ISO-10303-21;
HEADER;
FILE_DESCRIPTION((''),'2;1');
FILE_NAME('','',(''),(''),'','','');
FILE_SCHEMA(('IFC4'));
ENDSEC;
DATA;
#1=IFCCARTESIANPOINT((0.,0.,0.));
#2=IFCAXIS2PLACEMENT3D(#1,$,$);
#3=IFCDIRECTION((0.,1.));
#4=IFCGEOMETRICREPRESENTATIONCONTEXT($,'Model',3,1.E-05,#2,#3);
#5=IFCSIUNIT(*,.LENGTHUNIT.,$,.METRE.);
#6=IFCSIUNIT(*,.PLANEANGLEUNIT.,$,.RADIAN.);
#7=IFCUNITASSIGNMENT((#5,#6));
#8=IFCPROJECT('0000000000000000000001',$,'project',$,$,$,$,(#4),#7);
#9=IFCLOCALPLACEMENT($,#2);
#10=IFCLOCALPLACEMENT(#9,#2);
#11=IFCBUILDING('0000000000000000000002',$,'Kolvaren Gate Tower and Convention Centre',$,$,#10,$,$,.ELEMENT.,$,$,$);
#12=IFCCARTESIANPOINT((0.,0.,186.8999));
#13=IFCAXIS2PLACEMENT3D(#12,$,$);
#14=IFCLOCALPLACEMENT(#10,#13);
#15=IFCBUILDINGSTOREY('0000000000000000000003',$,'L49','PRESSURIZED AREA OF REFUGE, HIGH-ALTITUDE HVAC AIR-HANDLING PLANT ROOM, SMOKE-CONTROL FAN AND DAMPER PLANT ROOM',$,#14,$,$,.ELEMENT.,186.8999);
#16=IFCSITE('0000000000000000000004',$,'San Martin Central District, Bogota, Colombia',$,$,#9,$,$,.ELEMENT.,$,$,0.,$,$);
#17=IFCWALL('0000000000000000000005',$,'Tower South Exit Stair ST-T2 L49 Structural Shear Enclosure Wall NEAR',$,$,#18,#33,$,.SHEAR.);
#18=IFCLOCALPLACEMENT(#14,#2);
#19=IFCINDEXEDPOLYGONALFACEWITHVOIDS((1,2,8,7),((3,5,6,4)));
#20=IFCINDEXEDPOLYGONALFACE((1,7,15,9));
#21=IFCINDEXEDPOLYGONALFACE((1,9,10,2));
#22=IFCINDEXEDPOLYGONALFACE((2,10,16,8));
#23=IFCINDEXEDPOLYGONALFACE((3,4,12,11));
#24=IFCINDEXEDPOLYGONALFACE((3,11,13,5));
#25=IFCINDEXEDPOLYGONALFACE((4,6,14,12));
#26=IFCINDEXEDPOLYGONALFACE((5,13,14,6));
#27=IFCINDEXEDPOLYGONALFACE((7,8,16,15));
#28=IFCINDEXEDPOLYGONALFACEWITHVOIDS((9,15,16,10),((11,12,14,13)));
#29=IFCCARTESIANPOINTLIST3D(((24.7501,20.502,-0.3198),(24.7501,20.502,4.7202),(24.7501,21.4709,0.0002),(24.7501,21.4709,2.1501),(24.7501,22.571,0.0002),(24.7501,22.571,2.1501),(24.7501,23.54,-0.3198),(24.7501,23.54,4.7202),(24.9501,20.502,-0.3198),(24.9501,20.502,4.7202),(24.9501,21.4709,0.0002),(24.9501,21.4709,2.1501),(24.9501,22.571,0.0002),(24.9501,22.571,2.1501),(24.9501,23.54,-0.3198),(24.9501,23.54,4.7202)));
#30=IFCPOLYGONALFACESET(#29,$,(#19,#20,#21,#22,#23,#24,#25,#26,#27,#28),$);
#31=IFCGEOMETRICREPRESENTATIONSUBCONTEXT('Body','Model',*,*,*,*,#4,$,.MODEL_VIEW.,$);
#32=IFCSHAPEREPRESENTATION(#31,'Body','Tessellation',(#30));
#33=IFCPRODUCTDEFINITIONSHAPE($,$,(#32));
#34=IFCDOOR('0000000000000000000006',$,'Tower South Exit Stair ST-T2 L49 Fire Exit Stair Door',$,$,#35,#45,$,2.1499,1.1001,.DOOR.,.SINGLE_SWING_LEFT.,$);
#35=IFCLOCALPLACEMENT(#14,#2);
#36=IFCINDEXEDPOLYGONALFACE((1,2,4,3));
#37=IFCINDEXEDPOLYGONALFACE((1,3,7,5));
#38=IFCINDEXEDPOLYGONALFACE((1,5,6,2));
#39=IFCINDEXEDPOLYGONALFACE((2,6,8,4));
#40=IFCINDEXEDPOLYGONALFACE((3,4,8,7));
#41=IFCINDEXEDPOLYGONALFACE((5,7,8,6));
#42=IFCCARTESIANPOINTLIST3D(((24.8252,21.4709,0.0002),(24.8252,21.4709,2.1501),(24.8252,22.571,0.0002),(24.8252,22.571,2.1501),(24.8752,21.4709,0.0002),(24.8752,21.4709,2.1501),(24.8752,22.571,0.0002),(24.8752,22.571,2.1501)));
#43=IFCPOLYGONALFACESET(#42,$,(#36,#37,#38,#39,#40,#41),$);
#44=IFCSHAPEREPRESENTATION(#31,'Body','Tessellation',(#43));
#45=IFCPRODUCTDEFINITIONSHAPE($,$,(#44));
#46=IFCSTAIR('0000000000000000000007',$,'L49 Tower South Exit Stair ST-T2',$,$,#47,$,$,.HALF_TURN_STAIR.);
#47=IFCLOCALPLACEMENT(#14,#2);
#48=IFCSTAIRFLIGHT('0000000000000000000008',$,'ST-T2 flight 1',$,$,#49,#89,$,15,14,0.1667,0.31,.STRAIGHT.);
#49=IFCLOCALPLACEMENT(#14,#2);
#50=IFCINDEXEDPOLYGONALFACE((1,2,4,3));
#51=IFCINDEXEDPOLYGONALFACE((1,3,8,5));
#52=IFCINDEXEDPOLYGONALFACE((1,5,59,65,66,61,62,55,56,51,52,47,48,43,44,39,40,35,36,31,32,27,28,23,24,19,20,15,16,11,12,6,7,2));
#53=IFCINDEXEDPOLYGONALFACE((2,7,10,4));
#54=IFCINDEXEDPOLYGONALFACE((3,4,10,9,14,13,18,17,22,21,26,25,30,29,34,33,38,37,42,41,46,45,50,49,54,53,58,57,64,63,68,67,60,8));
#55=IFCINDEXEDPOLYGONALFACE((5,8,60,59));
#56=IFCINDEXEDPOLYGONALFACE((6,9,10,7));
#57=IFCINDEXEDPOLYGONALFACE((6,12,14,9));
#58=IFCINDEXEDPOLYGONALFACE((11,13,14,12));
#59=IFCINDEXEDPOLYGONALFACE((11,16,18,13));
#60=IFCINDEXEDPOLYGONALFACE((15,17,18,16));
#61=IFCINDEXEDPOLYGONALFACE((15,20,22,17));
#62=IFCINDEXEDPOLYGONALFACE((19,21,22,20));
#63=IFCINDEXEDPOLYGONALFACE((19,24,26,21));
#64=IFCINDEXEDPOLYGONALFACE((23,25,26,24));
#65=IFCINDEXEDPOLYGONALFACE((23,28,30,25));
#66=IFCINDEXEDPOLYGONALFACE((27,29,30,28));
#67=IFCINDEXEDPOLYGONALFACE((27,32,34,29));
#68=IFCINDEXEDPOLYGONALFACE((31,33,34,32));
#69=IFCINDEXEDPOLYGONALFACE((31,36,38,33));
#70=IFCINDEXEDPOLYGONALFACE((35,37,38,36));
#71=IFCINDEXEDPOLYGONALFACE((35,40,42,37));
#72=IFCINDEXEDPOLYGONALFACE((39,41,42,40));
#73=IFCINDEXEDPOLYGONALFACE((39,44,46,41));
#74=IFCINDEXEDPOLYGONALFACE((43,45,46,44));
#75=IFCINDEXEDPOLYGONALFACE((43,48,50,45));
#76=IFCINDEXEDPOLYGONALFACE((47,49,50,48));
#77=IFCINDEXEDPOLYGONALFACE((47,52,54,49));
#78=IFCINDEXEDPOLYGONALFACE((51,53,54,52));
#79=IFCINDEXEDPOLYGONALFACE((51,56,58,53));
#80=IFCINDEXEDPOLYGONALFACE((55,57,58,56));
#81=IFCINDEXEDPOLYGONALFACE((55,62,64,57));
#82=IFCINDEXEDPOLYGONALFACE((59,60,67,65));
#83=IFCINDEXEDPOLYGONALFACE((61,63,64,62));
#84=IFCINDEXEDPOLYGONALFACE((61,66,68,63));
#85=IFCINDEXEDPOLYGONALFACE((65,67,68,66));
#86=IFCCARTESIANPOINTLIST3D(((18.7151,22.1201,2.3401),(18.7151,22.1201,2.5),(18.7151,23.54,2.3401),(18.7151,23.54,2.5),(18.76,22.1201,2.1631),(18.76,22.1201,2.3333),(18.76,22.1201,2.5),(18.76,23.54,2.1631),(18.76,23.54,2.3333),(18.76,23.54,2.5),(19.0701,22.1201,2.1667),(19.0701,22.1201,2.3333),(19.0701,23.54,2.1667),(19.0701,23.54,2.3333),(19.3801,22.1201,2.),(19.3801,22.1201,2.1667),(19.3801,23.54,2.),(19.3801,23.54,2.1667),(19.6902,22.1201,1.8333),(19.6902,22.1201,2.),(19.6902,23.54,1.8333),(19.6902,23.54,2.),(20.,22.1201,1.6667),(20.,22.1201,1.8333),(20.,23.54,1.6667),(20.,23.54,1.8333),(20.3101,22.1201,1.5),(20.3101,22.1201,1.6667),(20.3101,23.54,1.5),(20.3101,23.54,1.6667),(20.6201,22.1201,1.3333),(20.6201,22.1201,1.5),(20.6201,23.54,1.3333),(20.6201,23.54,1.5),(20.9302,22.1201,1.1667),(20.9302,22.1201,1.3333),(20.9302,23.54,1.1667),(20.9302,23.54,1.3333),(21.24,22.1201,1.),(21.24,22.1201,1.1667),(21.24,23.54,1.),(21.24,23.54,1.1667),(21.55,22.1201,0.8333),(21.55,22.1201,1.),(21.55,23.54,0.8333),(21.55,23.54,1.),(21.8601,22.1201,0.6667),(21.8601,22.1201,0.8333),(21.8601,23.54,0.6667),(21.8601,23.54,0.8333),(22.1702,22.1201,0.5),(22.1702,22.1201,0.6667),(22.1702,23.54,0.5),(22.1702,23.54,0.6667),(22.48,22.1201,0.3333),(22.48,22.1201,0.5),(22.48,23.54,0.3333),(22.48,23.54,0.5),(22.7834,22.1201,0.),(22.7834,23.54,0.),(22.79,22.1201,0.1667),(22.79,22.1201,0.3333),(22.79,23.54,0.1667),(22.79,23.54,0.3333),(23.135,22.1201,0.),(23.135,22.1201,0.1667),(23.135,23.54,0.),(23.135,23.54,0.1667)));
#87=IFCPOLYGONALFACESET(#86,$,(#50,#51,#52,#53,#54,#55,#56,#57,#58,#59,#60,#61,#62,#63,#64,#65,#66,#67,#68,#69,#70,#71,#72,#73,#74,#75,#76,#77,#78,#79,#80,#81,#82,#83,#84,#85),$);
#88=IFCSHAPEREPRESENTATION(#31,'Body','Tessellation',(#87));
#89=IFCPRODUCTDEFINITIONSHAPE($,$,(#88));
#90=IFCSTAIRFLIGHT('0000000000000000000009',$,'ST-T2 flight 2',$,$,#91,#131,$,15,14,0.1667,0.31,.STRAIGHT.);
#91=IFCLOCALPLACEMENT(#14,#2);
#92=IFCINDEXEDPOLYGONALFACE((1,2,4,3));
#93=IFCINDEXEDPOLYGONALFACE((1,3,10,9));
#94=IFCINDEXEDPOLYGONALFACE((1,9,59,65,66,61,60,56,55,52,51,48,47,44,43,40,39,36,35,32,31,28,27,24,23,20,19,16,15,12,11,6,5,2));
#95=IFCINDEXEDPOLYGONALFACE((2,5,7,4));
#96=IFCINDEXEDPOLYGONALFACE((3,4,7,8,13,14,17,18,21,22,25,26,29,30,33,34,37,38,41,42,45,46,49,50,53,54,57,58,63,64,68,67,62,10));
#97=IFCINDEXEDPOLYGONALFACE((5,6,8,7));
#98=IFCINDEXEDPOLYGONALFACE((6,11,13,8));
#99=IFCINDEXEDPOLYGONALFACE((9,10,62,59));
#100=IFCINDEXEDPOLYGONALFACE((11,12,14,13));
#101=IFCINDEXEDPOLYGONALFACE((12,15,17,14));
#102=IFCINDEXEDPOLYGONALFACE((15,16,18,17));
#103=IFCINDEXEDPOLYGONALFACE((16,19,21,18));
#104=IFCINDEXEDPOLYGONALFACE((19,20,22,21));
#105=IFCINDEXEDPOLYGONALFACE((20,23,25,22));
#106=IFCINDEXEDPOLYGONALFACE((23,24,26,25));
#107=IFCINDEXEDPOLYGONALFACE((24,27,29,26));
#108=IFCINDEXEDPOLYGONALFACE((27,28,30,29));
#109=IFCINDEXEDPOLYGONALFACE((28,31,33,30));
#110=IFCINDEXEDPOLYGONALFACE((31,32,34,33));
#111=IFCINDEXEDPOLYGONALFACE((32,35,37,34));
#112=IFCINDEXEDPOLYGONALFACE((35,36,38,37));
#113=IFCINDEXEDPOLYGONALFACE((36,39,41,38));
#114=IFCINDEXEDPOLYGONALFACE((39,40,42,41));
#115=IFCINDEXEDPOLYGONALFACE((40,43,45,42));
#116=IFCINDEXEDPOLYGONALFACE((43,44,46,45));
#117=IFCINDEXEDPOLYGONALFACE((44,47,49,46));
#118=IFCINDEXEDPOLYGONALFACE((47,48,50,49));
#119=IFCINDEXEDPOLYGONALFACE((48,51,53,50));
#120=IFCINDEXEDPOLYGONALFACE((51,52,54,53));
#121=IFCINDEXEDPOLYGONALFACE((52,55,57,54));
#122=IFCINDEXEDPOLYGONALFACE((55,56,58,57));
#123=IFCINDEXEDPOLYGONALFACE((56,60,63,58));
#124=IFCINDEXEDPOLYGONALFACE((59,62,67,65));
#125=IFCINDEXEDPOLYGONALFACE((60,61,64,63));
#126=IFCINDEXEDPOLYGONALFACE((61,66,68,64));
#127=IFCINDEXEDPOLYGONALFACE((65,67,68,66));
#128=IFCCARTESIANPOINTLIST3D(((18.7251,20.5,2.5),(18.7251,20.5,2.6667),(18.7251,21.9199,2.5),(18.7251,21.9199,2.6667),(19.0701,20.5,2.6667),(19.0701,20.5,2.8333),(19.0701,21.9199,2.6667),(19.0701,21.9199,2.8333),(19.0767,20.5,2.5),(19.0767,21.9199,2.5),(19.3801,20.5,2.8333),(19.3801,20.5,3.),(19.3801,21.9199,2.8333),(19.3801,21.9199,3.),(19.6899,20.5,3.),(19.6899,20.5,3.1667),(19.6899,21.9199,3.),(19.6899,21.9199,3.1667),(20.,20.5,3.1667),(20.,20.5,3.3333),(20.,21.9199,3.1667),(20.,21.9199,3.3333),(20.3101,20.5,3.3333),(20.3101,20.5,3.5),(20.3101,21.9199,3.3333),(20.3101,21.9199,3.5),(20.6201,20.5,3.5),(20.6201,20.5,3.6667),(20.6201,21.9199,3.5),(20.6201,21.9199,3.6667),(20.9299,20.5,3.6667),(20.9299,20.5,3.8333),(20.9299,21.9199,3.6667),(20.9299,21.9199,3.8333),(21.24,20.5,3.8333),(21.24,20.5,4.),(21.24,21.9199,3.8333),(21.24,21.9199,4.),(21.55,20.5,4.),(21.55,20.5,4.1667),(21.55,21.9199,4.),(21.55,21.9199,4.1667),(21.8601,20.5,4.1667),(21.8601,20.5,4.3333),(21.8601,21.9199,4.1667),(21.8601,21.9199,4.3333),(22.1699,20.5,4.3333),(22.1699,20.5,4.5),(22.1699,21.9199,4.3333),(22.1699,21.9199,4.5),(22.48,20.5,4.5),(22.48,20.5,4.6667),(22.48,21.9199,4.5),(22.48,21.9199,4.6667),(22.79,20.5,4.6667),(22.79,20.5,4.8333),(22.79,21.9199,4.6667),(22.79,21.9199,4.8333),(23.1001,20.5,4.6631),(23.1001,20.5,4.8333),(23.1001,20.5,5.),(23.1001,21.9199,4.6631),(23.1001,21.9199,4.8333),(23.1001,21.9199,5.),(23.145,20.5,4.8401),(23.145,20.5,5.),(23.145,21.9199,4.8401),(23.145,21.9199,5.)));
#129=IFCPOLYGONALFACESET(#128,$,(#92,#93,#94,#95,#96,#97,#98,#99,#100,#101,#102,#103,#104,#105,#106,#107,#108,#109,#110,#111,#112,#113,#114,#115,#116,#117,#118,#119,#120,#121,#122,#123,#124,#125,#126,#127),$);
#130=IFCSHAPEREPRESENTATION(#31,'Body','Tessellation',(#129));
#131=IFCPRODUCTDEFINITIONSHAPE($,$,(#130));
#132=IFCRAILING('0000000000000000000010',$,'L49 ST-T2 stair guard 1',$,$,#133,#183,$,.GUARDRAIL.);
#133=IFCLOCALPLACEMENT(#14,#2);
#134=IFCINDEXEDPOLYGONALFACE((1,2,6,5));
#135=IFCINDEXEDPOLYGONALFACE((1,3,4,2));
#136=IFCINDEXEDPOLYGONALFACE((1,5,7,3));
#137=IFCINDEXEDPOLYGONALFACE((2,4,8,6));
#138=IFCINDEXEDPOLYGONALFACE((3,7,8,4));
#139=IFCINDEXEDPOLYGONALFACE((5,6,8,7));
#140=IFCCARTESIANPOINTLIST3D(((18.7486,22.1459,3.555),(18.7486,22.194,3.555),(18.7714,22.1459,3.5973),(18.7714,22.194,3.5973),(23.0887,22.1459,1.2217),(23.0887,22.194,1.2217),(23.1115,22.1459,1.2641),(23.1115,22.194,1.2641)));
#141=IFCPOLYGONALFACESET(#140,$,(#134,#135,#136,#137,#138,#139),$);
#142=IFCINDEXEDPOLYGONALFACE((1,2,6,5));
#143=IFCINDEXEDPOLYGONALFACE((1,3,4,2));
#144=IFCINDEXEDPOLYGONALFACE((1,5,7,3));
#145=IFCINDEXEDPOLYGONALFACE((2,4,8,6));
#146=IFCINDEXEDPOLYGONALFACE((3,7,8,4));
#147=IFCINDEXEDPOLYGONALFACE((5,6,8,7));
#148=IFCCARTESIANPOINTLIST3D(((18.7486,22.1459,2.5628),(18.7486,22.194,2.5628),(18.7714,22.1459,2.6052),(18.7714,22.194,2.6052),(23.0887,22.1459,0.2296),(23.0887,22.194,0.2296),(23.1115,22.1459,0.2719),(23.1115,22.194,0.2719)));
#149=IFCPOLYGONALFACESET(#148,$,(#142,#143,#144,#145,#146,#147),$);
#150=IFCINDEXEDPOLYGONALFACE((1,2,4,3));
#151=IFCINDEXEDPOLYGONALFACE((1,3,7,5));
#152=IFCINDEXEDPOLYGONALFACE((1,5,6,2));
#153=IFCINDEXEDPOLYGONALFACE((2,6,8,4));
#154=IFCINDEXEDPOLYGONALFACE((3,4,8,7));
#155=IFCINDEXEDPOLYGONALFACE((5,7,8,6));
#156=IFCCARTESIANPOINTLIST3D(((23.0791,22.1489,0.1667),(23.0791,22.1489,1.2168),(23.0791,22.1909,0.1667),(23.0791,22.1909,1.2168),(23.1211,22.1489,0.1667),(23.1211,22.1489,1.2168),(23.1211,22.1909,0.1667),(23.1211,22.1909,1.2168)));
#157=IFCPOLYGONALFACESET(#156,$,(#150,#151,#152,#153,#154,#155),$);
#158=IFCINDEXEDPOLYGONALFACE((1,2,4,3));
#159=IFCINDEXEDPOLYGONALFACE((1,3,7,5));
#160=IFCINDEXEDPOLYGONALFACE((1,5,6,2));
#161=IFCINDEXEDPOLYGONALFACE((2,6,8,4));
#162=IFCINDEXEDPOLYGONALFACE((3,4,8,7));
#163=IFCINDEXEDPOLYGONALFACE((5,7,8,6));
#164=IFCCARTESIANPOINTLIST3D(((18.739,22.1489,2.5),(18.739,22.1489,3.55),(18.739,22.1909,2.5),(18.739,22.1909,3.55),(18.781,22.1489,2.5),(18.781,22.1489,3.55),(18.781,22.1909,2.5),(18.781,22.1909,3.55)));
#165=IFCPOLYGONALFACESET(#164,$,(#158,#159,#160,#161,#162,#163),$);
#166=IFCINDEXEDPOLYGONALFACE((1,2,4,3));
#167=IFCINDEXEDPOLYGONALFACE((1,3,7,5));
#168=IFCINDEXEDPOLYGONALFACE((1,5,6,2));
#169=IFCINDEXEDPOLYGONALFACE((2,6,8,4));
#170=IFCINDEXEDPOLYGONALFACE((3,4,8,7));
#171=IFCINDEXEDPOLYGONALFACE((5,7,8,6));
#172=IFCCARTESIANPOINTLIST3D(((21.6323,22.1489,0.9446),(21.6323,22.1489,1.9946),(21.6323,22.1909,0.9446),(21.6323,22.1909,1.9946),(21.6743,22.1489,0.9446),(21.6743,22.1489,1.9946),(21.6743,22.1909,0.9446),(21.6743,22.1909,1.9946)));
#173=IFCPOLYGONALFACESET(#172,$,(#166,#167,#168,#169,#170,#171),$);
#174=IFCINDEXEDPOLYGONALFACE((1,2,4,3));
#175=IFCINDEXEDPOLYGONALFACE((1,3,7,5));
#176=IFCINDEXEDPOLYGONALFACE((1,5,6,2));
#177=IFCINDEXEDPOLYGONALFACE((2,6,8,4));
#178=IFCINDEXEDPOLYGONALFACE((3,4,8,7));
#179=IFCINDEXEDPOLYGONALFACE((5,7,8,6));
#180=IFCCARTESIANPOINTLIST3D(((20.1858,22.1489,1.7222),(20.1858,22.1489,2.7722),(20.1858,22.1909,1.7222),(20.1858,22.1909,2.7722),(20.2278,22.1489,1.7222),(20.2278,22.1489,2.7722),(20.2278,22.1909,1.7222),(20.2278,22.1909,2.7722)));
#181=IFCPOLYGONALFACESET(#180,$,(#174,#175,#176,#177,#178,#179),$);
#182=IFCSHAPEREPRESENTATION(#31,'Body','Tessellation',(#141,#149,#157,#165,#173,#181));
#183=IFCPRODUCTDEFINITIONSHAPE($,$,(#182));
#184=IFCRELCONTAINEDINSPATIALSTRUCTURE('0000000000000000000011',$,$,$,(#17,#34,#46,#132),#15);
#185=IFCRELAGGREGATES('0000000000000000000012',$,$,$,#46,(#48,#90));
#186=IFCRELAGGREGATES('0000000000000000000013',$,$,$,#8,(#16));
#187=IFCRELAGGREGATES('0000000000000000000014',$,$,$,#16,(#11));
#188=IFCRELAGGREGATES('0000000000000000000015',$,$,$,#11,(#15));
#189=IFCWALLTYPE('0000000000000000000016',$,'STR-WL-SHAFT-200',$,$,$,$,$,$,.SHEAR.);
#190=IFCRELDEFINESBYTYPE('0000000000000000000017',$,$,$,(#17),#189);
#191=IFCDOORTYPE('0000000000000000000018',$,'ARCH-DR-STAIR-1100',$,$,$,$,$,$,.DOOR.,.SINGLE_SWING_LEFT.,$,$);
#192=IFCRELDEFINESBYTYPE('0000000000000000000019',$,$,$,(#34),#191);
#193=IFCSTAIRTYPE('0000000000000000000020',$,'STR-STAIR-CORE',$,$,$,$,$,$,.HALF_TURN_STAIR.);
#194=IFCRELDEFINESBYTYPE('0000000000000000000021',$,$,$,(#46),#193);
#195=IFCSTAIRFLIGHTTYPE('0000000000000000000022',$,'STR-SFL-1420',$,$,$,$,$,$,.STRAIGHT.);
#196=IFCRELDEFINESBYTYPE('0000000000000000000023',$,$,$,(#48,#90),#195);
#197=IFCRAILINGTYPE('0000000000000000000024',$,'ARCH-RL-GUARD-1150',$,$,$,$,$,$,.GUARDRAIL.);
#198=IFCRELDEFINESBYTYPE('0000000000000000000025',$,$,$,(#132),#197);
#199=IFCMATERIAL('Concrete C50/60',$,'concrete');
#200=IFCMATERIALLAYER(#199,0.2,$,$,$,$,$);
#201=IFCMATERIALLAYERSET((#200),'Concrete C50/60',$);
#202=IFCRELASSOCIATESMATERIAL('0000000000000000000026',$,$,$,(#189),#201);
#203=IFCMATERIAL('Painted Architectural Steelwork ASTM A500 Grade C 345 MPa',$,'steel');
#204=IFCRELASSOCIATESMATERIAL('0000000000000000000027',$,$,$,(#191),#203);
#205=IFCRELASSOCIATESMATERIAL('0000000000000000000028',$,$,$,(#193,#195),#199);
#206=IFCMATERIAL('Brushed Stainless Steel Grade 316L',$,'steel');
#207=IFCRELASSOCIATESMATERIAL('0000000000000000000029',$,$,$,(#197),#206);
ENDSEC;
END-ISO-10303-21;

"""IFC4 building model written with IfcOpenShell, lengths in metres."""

from ifc_helpers import new_model, si_unit, direction, frame, frame_2d, origin, origin_2d, place, context, subcontext, project, spatial, polyline, rectangle, outline, extrude, material, layer, layer_set, type_object, element, fill, aggregate, save


model = new_model("IFC4")

# Units and contexts
model_context = context("Model", 3, precision=1e-05, world=origin(), true_north=direction((0.0, 1.0)))
body_context = subcontext(model_context, "Body", "Model", "MODEL_VIEW")
ifc_project = project(units=[si_unit("LENGTHUNIT", "METRE"), si_unit("PLANEANGLEUNIT", "RADIAN")], contexts=[model_context])

# Site, building, storey
site_placement = place(None, origin())
site = spatial("IfcSite", under=ifc_project, at=site_placement, Name="San Martin Central District, Bogota, Colombia", CompositionType="ELEMENT", RefElevation=0.0)
building_placement = place(site_placement, origin())
building = spatial("IfcBuilding", under=site, at=building_placement, Name="Kolvaren Gate Tower and Convention Centre", CompositionType="ELEMENT")
storey_placement = place(building_placement, frame((0.0, 0.0, 186.8999)))
storey = spatial("IfcBuildingStorey", under=building, at=storey_placement, Name="L49", Description="PRESSURIZED AREA OF REFUGE, HIGH-ALTITUDE HVAC AIR-HANDLING PLANT ROOM, SMOKE-CONTROL FAN AND DAMPER PLANT ROOM", CompositionType="ELEMENT", Elevation=186.8999)

# Shared definitions
ifc_material_1 = material(Name="Brushed Stainless Steel Grade 316L", Category="steel")

# Wall, opening, door
ifc_material_2 = material(Name="Concrete C50/60", Category="concrete")
ifc_layer_1 = layer(ifc_material_2, 0.2)
ifc_layer_set_1 = layer_set([ifc_layer_1], Name="Concrete C50/60")
wall_type_1 = type_object("IfcWallType", Name="STR-WL-SHAFT-200", PredefinedType="SHEAR", material=ifc_layer_set_1)
wall_1_placement = place(storey_placement, frame((24.8501, 20.502, -0.3198), z_axis=(0.0, 0.0, 1.0), x_axis=(0.0, 1.0, 0.0)))
wall_1 = element("IfcWall", 1, at=wall_1_placement, inside=storey, type_object=wall_type_1, Name="Tower South Exit Stair ST-T2 L49 Structural Shear Enclosure Wall NEAR", PredefinedType="SHEAR", context=body_context, shape_type="SweptSolid", body=[
    extrude(rectangle(XDim=3.0381, YDim=0.2, at=frame_2d((1.519, 0.0))), origin(), (0.0, 0.0, 1.0), 5.04),
])
opening_1_placement = place(wall_1_placement, frame((0.969, 0.0, 0.3201)))
opening_1 = element("IfcOpeningElement", 2, at=opening_1_placement, cuts=wall_1, PredefinedType="OPENING", context=body_context, shape_type="SweptSolid", body=[
    extrude(rectangle(XDim=1.1001, YDim=2.1499, at=frame_2d((0.55, 1.075))), frame((0.0, 0.1099, 0.0), z_axis=(0.0, -1.0, 0.0), x_axis=(1.0, 0.0, 0.0)), (0.0, 0.0, 1.0), 0.22),
])
ifc_material_3 = material(Name="Painted Architectural Steelwork ASTM A500 Grade C 345 MPa", Category="steel")
door_type_1 = type_object("IfcDoorType", Name="ARCH-DR-STAIR-1100", OperationType="SINGLE_SWING_LEFT", PredefinedType="DOOR", material=ifc_material_3)
door_1_placement = place(opening_1_placement, origin())
door_1 = element("IfcDoor", 3, at=door_1_placement, inside=storey, type_object=door_type_1, Name="Tower South Exit Stair ST-T2 L49 Fire Exit Stair Door", OperationType="SINGLE_SWING_LEFT", OverallHeight=2.1499, OverallWidth=1.1001, PredefinedType="DOOR", context=body_context, shape_type="SweptSolid", body=[
    extrude(rectangle(XDim=1.1001, YDim=2.1499, at=frame_2d((0.55, 1.075))), frame((0.0, 0.0249, 0.0), z_axis=(0.0, -1.0, 0.0), x_axis=(1.0, 0.0, 0.0)), (0.0, 0.0, 1.0), 0.05),
])
fill(opening_1, door_1)

# Stair, stair flights
stair_type = type_object("IfcStairType", Name="STR-STAIR-CORE", PredefinedType="HALF_TURN_STAIR", material=ifc_material_2)
stair_placement = place(storey_placement, origin())
stair = element("IfcStair", 4, at=stair_placement, inside=storey, type_object=stair_type, Name="L49 Tower South Exit Stair ST-T2", PredefinedType="HALF_TURN_STAIR")
stair_flight_type = type_object("IfcStairFlightType", Name="STR-SFL-1420", PredefinedType="STRAIGHT", material=ifc_material_2)
stair_flight_1_placement = place(storey_placement, frame((23.1001, 22.8301, 0.0), z_axis=(0.0, 0.0, 1.0), x_axis=(-1.0, 0.0, 0.0)))
stair_flight_1 = element("IfcStairFlight", 5, at=stair_flight_1_placement, type_object=stair_flight_type, Name="ST-T2 flight 1", NumberOfRisers=15, NumberOfTreads=14, PredefinedType="STRAIGHT", RiserHeight=0.1667, TreadLength=0.31, context=body_context, shape_type="SweptSolid", body=[
    extrude(outline(polyline([(-0.0349, 0.0), (-0.0349, 0.1667), (0.3101, 0.1667), (0.3101, 0.3333), (0.6201, 0.3333), (0.6201, 0.5), (0.9299, 0.5), (0.9299, 0.6667), (1.24, 0.6667), (1.24, 0.8333), (1.55, 0.8333), (1.55, 1.0), (1.8601, 1.0), (1.8601, 1.1667), (2.1699, 1.1667), (2.1699, 1.3333), (2.48, 1.3333), (2.48, 1.5), (2.79, 1.5), (2.79, 1.6667), (3.1001, 1.6667), (3.1001, 1.8333), (3.4099, 1.8333), (3.4099, 2.0), (3.72, 2.0), (3.72, 2.1667), (4.03, 2.1667), (4.03, 2.3333), (4.3401, 2.3333), (4.3401, 2.5), (4.385, 2.5), (4.385, 2.3401), (4.3401, 2.1631), (0.3167, 0.0), (-0.0349, 0.0)])), frame((0.0, 0.71, 0.0), z_axis=(0.0, -1.0, 0.0), x_axis=(1.0, 0.0, 0.0)), (0.0, 0.0, 1.0), 1.4199),
])
stair_flight_2_placement = place(storey_placement, frame((18.76, 21.21, 2.5), z_axis=(0.0, 0.0, 1.0), x_axis=(1.0, 0.0, 0.0)))
stair_flight_2 = element("IfcStairFlight", 6, at=stair_flight_2_placement, type_object=stair_flight_type, Name="ST-T2 flight 2", NumberOfRisers=15, NumberOfTreads=14, PredefinedType="STRAIGHT", RiserHeight=0.1667, TreadLength=0.31, context=body_context, shape_type="SweptSolid", body=[
    extrude(outline(polyline([(-0.0349, 0.0), (-0.0349, 0.1667), (0.3101, 0.1667), (0.3101, 0.3333), (0.6201, 0.3333), (0.6201, 0.5), (0.9299, 0.5), (0.9299, 0.6667), (1.24, 0.6667), (1.24, 0.8333), (1.55, 0.8333), (1.55, 1.0), (1.8601, 1.0), (1.8601, 1.1667), (2.1699, 1.1667), (2.1699, 1.3333), (2.48, 1.3333), (2.48, 1.5), (2.79, 1.5), (2.79, 1.6667), (3.1001, 1.6667), (3.1001, 1.8333), (3.4099, 1.8333), (3.4099, 2.0), (3.72, 2.0), (3.72, 2.1667), (4.03, 2.1667), (4.03, 2.3333), (4.3401, 2.3333), (4.3401, 2.5), (4.385, 2.5), (4.385, 2.3401), (4.3401, 2.1631), (0.3167, 0.0), (-0.0349, 0.0)])), frame((0.0, 0.71, 0.0), z_axis=(0.0, -1.0, 0.0), x_axis=(1.0, 0.0, 0.0)), (0.0, 0.0, 1.0), 1.4199),
])
aggregate(stair, [stair_flight_1, stair_flight_2])

# Railing
railing_type_1 = type_object("IfcRailingType", Name="ARCH-RL-GUARD-1150", PredefinedType="GUARDRAIL", material=ifc_material_1)
railing_1_placement = place(storey_placement, frame((23.1001, 22.1699, 0.1667)))
element("IfcRailing", 7, at=railing_1_placement, inside=storey, type_object=railing_type_1, Name="L49 ST-T2 stair guard 1", PredefinedType="GUARDRAIL", context=body_context, shape_type="SweptSolid", body=[
    extrude(rectangle(XDim=0.0481, YDim=0.0481, at=origin_2d()), frame((0.0, 0.0, 1.0762), z_axis=(-0.880786, 0.0, 0.473515), x_axis=(0.0, -1.0, 0.0)), (0.0, 0.0, 1.0), 4.9275),
    extrude(rectangle(XDim=0.0481, YDim=0.0481, at=origin_2d()), frame((0.0, 0.0, 0.084), z_axis=(-0.880786, 0.0, 0.473515), x_axis=(0.0, -1.0, 0.0)), (0.0, 0.0, 1.0), 4.9275),
    extrude(rectangle(XDim=0.042, YDim=0.042, at=origin_2d()), origin(), (0.0, 0.0, 1.0), 1.05),
    extrude(rectangle(XDim=0.042, YDim=0.042, at=origin_2d()), frame((-4.3401, 0.0, 2.3333)), (0.0, 0.0, 1.0), 1.05),
    extrude(rectangle(XDim=0.042, YDim=0.042, at=origin_2d()), frame((-1.4468, 0.0, 0.7778)), (0.0, 0.0, 1.0), 1.05),
    extrude(rectangle(XDim=0.042, YDim=0.042, at=origin_2d()), frame((-2.8933, 0.0, 1.5554)), (0.0, 0.0, 1.0), 1.05),
])

save(model, "model.ifc")
